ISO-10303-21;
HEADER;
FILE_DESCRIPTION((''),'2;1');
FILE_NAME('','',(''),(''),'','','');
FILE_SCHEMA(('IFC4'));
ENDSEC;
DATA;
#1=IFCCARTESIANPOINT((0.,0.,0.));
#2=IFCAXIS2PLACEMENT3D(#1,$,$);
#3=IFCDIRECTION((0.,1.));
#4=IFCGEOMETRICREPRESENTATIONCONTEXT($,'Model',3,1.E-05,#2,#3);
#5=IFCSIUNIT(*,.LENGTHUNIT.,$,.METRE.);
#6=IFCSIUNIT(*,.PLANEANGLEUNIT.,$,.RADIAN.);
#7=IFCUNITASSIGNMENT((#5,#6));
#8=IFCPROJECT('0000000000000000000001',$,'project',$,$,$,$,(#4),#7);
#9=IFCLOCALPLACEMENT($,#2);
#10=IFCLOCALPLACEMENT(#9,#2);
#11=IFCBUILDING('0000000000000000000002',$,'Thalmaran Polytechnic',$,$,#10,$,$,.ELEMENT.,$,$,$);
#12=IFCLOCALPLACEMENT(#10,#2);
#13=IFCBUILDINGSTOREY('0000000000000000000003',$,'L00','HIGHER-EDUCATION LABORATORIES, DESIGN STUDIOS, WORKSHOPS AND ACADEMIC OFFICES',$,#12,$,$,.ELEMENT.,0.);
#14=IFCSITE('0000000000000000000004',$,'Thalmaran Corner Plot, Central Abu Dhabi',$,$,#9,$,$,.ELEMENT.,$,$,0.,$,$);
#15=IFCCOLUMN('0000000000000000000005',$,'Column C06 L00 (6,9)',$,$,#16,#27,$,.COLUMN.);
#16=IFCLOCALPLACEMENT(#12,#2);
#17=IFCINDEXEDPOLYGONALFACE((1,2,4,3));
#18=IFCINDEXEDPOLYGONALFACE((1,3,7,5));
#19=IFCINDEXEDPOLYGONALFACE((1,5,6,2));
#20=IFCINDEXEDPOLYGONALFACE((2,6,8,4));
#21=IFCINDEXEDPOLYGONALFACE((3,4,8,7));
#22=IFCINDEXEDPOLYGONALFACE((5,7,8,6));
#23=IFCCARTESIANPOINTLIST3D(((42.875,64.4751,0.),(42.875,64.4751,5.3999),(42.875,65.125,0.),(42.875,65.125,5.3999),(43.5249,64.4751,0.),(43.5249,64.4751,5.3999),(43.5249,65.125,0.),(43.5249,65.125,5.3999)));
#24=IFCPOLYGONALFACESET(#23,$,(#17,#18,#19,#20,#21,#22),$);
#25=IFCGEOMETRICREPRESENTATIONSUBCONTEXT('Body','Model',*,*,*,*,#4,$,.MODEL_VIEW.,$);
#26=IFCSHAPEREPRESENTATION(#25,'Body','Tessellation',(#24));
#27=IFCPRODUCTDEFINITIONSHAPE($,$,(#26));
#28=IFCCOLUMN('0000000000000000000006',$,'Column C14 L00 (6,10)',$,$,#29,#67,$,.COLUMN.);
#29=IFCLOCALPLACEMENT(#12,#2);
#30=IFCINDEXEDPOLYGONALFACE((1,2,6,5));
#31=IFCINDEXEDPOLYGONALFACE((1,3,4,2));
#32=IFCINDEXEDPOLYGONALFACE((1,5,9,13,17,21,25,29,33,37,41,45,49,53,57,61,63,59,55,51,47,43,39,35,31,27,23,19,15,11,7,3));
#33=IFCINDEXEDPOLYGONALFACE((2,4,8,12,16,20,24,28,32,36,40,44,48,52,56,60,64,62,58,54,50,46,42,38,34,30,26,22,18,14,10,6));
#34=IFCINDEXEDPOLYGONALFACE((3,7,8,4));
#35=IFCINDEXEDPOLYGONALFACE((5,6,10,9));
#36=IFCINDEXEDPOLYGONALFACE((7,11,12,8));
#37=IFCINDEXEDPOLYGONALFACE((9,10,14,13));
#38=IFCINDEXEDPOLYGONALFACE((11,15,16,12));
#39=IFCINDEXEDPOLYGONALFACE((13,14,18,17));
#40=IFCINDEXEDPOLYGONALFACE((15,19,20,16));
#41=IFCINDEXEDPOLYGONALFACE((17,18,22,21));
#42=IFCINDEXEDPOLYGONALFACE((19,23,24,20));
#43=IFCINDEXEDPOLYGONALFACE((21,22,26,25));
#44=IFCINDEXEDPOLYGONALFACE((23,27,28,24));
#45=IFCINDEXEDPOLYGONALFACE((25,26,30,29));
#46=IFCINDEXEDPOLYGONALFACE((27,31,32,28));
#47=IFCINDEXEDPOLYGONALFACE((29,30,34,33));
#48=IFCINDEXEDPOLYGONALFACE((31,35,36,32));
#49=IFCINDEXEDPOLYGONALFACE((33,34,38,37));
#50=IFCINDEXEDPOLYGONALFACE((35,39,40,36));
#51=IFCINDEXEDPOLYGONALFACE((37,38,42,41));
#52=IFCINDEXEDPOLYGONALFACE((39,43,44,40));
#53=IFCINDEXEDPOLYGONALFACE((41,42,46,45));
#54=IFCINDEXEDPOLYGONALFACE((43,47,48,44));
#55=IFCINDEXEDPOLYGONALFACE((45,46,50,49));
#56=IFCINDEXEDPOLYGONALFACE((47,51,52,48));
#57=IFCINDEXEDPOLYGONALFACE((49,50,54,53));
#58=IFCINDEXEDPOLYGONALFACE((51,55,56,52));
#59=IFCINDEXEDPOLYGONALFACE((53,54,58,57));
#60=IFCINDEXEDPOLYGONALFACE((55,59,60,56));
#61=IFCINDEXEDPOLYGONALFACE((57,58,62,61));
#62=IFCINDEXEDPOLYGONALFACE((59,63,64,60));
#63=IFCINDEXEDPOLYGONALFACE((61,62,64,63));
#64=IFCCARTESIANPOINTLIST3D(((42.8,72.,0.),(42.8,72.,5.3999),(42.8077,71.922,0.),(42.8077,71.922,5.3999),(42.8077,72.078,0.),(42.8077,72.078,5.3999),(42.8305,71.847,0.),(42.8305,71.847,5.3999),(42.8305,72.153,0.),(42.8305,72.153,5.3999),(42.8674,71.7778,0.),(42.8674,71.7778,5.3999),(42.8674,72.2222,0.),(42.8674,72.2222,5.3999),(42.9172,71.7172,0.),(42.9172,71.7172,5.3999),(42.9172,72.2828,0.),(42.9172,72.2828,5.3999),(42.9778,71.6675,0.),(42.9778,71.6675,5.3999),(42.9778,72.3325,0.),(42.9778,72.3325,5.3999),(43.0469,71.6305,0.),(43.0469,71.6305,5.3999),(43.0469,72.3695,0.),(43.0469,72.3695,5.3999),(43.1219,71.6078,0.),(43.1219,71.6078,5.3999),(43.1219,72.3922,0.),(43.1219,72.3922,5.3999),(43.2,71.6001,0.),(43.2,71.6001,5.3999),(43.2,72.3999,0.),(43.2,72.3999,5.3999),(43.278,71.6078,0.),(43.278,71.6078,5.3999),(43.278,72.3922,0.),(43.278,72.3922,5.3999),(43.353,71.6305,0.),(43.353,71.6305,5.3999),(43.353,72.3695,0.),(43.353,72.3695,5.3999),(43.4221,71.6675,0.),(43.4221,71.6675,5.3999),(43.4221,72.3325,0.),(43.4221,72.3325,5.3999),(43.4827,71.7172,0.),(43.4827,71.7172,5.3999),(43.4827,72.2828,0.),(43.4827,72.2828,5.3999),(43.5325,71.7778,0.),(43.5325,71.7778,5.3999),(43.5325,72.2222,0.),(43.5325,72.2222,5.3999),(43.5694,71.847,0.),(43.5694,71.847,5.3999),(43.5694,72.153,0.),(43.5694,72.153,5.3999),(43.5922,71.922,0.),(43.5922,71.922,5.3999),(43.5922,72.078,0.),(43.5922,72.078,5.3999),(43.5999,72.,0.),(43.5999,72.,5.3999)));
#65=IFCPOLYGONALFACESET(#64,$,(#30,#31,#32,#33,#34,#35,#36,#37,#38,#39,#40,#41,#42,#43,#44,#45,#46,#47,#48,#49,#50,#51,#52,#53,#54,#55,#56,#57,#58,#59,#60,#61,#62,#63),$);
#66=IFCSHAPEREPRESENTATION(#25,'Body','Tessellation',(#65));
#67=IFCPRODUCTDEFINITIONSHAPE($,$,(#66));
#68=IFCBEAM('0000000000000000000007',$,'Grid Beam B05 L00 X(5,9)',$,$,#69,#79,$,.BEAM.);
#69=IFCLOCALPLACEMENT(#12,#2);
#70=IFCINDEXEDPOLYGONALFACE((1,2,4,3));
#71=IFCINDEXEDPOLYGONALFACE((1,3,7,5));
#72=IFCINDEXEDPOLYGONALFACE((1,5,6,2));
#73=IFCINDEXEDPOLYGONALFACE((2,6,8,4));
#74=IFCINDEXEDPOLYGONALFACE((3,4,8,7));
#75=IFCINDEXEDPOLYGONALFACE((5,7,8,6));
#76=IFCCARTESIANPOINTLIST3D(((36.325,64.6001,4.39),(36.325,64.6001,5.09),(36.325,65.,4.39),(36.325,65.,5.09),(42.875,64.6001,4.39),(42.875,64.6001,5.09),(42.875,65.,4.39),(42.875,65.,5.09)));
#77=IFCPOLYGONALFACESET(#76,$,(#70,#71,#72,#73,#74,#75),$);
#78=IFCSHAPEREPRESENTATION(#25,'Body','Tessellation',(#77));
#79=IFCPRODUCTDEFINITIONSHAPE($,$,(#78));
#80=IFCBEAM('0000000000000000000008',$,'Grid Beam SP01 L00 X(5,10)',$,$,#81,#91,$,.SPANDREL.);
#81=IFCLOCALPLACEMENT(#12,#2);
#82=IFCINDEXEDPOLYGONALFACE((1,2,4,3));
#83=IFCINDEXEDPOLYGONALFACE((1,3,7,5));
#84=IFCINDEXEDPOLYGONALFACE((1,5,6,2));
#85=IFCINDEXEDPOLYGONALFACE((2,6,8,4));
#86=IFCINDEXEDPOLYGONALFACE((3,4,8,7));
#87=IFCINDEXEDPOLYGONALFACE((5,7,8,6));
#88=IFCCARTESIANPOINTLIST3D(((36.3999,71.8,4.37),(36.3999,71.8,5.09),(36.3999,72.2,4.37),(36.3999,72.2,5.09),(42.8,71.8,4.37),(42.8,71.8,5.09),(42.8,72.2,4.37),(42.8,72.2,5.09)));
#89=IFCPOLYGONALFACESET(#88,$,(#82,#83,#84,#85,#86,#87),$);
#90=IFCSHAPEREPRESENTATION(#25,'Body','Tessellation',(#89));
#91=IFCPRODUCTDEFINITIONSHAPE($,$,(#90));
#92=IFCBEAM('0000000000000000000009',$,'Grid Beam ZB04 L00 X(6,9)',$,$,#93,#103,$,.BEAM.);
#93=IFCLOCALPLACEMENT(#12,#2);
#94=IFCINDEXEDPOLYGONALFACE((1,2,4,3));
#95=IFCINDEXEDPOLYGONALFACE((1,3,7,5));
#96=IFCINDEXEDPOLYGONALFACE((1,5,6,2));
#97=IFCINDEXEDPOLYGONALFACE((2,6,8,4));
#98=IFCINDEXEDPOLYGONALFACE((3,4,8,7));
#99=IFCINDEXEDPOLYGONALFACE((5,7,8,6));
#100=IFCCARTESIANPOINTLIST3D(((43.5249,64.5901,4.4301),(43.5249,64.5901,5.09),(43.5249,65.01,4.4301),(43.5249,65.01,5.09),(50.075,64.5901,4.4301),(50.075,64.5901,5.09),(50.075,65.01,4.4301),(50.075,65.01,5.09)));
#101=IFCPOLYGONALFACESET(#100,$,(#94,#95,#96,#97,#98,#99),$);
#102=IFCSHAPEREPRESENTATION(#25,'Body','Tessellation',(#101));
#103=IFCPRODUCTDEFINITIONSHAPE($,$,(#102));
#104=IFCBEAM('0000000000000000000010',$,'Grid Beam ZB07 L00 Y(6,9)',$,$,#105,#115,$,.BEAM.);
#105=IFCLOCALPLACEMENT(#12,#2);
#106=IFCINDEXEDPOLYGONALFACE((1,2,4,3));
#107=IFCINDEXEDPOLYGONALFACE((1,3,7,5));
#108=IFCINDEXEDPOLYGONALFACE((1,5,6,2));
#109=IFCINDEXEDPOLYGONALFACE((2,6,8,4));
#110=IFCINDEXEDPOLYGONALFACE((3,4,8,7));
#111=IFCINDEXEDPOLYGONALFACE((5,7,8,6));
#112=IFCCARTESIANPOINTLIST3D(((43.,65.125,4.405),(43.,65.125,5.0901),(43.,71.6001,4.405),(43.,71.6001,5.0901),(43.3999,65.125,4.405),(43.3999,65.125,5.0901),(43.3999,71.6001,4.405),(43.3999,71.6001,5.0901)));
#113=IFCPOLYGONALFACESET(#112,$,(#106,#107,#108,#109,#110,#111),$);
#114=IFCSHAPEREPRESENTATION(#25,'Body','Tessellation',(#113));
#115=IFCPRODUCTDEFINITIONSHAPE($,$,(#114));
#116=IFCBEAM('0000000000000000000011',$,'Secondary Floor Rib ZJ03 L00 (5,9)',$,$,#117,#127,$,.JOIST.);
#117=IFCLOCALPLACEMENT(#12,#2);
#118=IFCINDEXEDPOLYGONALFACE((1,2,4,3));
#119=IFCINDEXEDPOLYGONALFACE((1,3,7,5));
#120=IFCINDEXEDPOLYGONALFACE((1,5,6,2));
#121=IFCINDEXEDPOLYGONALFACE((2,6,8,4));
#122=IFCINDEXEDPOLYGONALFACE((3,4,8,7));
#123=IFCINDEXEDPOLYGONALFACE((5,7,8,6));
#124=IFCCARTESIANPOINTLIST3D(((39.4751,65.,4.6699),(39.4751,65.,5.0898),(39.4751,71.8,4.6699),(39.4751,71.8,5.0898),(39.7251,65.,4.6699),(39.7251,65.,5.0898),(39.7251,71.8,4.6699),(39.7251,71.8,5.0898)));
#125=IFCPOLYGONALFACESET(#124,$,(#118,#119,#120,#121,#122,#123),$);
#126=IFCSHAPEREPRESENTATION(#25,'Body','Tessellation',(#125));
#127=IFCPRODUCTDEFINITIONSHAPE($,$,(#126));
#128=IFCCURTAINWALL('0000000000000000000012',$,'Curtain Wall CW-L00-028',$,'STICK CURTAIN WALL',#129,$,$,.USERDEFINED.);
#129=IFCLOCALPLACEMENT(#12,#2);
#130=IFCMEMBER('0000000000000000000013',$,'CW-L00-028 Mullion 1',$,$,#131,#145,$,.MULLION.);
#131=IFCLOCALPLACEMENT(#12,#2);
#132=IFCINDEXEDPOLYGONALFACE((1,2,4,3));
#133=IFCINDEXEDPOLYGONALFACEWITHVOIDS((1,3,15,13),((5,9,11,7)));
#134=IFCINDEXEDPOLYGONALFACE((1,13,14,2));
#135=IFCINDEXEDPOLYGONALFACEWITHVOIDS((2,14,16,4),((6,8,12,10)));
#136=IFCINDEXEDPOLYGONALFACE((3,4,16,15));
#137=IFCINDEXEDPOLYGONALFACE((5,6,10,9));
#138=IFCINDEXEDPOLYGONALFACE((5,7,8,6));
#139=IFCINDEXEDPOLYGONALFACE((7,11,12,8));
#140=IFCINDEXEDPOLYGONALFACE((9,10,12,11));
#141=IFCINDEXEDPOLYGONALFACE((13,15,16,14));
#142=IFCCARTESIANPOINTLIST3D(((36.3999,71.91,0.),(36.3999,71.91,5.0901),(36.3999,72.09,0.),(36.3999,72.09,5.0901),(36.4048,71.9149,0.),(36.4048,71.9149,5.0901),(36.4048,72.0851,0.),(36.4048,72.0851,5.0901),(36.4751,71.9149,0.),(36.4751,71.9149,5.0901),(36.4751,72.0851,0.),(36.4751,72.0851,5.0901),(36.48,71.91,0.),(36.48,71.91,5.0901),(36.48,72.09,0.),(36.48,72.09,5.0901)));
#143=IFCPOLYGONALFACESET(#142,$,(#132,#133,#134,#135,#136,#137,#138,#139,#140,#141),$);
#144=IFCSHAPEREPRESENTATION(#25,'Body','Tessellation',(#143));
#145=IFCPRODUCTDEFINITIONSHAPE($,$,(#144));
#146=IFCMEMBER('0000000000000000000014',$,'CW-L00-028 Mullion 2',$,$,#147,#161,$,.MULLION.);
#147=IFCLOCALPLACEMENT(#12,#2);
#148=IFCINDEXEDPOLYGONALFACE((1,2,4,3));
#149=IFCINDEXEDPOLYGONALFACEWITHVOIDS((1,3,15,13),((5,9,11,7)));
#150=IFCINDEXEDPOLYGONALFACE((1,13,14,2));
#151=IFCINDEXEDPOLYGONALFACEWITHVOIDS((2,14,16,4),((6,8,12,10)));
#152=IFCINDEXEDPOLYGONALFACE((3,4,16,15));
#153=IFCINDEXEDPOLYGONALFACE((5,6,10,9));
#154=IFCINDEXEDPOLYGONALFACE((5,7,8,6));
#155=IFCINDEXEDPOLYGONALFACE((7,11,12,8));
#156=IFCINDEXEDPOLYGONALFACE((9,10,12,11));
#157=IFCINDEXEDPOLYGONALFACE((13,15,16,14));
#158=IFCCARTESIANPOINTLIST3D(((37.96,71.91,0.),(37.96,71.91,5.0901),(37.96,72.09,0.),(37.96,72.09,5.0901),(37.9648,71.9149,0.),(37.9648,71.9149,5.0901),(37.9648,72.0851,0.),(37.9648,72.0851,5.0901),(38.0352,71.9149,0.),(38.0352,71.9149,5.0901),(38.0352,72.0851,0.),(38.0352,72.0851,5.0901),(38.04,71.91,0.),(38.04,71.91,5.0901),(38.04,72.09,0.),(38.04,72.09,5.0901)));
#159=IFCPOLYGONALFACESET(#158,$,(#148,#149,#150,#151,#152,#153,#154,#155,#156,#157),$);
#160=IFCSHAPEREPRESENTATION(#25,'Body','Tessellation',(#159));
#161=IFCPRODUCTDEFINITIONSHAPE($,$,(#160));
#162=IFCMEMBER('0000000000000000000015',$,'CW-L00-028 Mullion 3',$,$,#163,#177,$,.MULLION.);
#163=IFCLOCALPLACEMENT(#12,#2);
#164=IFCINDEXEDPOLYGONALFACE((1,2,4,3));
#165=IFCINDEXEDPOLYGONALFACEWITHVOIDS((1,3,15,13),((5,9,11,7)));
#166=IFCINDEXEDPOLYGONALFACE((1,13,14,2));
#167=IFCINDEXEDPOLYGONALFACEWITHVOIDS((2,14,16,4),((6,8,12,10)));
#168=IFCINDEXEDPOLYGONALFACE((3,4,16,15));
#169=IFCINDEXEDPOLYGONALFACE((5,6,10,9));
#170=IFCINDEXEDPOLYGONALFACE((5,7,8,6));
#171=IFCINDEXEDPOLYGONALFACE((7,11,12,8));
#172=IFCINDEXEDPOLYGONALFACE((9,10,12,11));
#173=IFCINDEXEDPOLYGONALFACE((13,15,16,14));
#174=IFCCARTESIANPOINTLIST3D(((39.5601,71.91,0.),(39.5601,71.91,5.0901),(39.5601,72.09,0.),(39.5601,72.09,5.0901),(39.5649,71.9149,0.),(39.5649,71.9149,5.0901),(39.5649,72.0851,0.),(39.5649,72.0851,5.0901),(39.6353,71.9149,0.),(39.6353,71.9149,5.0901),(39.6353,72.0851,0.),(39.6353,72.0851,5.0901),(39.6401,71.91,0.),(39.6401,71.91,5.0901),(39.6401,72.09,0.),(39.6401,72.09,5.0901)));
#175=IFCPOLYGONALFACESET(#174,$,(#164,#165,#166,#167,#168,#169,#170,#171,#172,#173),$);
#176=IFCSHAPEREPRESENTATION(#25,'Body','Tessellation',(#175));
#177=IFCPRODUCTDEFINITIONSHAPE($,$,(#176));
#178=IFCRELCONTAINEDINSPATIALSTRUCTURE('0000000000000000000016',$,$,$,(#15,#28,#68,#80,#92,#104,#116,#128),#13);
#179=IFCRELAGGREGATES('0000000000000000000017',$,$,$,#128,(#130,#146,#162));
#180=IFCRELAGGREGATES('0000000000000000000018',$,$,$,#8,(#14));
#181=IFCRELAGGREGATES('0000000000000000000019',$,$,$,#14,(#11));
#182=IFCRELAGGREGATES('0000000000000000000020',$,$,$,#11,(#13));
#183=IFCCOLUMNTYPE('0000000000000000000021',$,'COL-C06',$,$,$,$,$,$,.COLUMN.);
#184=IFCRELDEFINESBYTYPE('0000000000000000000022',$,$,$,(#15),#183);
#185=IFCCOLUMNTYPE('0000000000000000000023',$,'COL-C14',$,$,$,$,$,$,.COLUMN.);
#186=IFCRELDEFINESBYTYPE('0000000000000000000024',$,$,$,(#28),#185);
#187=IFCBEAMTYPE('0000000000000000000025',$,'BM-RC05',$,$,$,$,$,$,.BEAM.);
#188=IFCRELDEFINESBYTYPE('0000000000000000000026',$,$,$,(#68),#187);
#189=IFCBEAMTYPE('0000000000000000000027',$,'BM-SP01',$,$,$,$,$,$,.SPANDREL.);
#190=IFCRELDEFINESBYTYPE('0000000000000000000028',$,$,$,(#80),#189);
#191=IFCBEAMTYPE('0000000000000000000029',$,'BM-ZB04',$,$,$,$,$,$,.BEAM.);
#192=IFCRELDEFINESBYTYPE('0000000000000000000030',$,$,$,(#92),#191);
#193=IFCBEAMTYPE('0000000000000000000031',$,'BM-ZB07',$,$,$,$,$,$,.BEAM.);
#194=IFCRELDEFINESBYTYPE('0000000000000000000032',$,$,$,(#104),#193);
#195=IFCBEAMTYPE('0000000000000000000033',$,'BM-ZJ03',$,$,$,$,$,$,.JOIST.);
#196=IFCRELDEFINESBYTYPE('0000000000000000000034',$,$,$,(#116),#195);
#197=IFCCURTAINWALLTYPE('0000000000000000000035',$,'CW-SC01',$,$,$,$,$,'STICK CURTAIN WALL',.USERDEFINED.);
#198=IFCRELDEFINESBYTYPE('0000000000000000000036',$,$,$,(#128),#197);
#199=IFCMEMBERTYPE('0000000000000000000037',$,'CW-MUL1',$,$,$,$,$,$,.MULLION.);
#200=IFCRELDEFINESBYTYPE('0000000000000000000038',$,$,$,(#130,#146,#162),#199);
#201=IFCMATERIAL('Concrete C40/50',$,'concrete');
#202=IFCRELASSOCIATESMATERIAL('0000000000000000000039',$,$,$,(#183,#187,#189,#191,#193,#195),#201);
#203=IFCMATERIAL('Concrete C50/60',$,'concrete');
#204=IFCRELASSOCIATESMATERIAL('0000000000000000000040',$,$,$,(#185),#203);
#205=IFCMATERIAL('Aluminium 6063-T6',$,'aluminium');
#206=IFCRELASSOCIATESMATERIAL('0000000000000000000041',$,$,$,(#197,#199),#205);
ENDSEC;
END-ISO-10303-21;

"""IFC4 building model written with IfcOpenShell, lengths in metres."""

from ifc_helpers import new_model, si_unit, direction, frame, origin, origin_2d, place, context, subcontext, project, spatial, rectangle, hollow_rectangle, circle, extrude, material, material_profile, profile_set, type_object, element, aggregate, save


model = new_model("IFC4")

# Units and contexts
model_context = context("Model", 3, precision=1e-05, world=origin(), true_north=direction((0.0, 1.0)))
body_context = subcontext(model_context, "Body", "Model", "MODEL_VIEW")
ifc_project = project(units=[si_unit("LENGTHUNIT", "METRE"), si_unit("PLANEANGLEUNIT", "RADIAN")], contexts=[model_context])

# Site, building, storey
site_placement = place(None, origin())
site = spatial("IfcSite", under=ifc_project, at=site_placement, Name="Thalmaran Corner Plot, Central Abu Dhabi", CompositionType="ELEMENT", RefElevation=0.0)
building_placement = place(site_placement, origin())
building = spatial("IfcBuilding", under=site, at=building_placement, Name="Thalmaran Polytechnic", CompositionType="ELEMENT")
storey_placement = place(building_placement, origin())
storey = spatial("IfcBuildingStorey", under=building, at=storey_placement, Name="L00", Description="HIGHER-EDUCATION LABORATORIES, DESIGN STUDIOS, WORKSHOPS AND ACADEMIC OFFICES", CompositionType="ELEMENT", Elevation=0.0)

# Columns
ifc_material_1 = material(Name="Concrete C40/50", Category="concrete")
ifc_material_profile_1 = material_profile(ifc_material_1, rectangle(XDim=0.6499, YDim=0.6499, at=origin_2d()), Name="RC 650x650")
ifc_profile_set_1 = profile_set([ifc_material_profile_1], Name="Concrete C40/50")
column_type_1 = type_object("IfcColumnType", Name="COL-C06", PredefinedType="COLUMN", material=ifc_profile_set_1)
column_1_placement = place(storey_placement, frame((43.2, 64.8, 0.0), z_axis=(0.0, 0.0, 1.0), x_axis=(1.0, 0.0, 0.0)))
element("IfcColumn", 1, at=column_1_placement, inside=storey, type_object=column_type_1, Name="Column C06 L00 (6,9)", PredefinedType="COLUMN", context=body_context, shape_type="SweptSolid", body=[
    extrude(rectangle(XDim=0.6499, YDim=0.6499, at=origin_2d()), origin(), (0.0, 0.0, 1.0), 5.3999),
])
ifc_material_2 = material(Name="Concrete C50/60", Category="concrete")
ifc_material_profile_2 = material_profile(ifc_material_2, circle(Radius=0.3999, at=origin_2d()), Name="RC 800 DIA")
ifc_profile_set_2 = profile_set([ifc_material_profile_2], Name="Concrete C50/60")
column_type_2 = type_object("IfcColumnType", Name="COL-C14", PredefinedType="COLUMN", material=ifc_profile_set_2)
column_2_placement = place(storey_placement, frame((43.2, 72.0, 0.0), z_axis=(0.0, 0.0, 1.0), x_axis=(1.0, 0.0, 0.0)))
element("IfcColumn", 2, at=column_2_placement, inside=storey, type_object=column_type_2, Name="Column C14 L00 (6,10)", PredefinedType="COLUMN", context=body_context, shape_type="SweptSolid", body=[
    extrude(circle(Radius=0.3999, at=origin_2d()), origin(), (0.0, 0.0, 1.0), 5.3999),
])

# Beams
ifc_material_profile_3 = material_profile(ifc_material_1, rectangle(XDim=0.3999, YDim=0.7, at=origin_2d()), Name="RC 400x700")
ifc_profile_set_3 = profile_set([ifc_material_profile_3], Name="Concrete C40/50")
beam_type_1 = type_object("IfcBeamType", Name="BM-RC05", PredefinedType="BEAM", material=ifc_profile_set_3)
beam_1_placement = place(storey_placement, frame((36.325, 64.8, 4.74), z_axis=(1.0, 0.0, 0.0), x_axis=(0.0, 1.0, 0.0)))
element("IfcBeam", 3, at=beam_1_placement, inside=storey, type_object=beam_type_1, Name="Grid Beam B05 L00 X(5,9)", PredefinedType="BEAM", context=body_context, shape_type="SweptSolid", body=[
    extrude(rectangle(XDim=0.3999, YDim=0.7, at=origin_2d()), origin(), (0.0, 0.0, 1.0), 6.55),
])
ifc_material_profile_4 = material_profile(ifc_material_1, rectangle(XDim=0.3999, YDim=0.72, at=origin_2d()), Name="RC 400x720")
ifc_profile_set_4 = profile_set([ifc_material_profile_4], Name="Concrete C40/50")
beam_type_2 = type_object("IfcBeamType", Name="BM-SP01", PredefinedType="SPANDREL", material=ifc_profile_set_4)
beam_2_placement = place(storey_placement, frame((36.3999, 72.0, 4.73), z_axis=(1.0, 0.0, 0.0), x_axis=(0.0, 1.0, 0.0)))
element("IfcBeam", 4, at=beam_2_placement, inside=storey, type_object=beam_type_2, Name="Grid Beam SP01 L00 X(5,10)", PredefinedType="SPANDREL", context=body_context, shape_type="SweptSolid", body=[
    extrude(rectangle(XDim=0.3999, YDim=0.72, at=origin_2d()), origin(), (0.0, 0.0, 1.0), 6.4001),
])
ifc_material_profile_5 = material_profile(ifc_material_1, rectangle(XDim=0.4199, YDim=0.6599, at=origin_2d()), Name="RC 420x660")
ifc_profile_set_5 = profile_set([ifc_material_profile_5], Name="Concrete C40/50")
beam_type_3 = type_object("IfcBeamType", Name="BM-ZB04", PredefinedType="BEAM", material=ifc_profile_set_5)
beam_3_placement = place(storey_placement, frame((43.5249, 64.8, 4.76), z_axis=(1.0, 0.0, 0.0), x_axis=(0.0, 1.0, 0.0)))
element("IfcBeam", 5, at=beam_3_placement, inside=storey, type_object=beam_type_3, Name="Grid Beam ZB04 L00 X(6,9)", PredefinedType="BEAM", context=body_context, shape_type="SweptSolid", body=[
    extrude(rectangle(XDim=0.4199, YDim=0.6599, at=origin_2d()), origin(), (0.0, 0.0, 1.0), 6.55),
])
ifc_material_profile_6 = material_profile(ifc_material_1, rectangle(XDim=0.3999, YDim=0.6851, at=origin_2d()), Name="RC 400x685")
ifc_profile_set_6 = profile_set([ifc_material_profile_6], Name="Concrete C40/50")
beam_type_4 = type_object("IfcBeamType", Name="BM-ZB07", PredefinedType="BEAM", material=ifc_profile_set_6)
beam_4_placement = place(storey_placement, frame((43.2, 65.125, 4.7476), z_axis=(0.0, 1.0, 0.0), x_axis=(-1.0, 0.0, 0.0)))
element("IfcBeam", 6, at=beam_4_placement, inside=storey, type_object=beam_type_4, Name="Grid Beam ZB07 L00 Y(6,9)", PredefinedType="BEAM", context=body_context, shape_type="SweptSolid", body=[
    extrude(rectangle(XDim=0.3999, YDim=0.6851, at=origin_2d()), origin(), (0.0, 0.0, 1.0), 6.4751),
])
ifc_material_profile_7 = material_profile(ifc_material_1, rectangle(XDim=0.25, YDim=0.4199, at=origin_2d()), Name="RC 250x420")
ifc_profile_set_7 = profile_set([ifc_material_profile_7], Name="Concrete C40/50")
beam_type_5 = type_object("IfcBeamType", Name="BM-ZJ03", PredefinedType="JOIST", material=ifc_profile_set_7)
beam_5_placement = place(storey_placement, frame((39.6001, 65.0, 4.8799), z_axis=(0.0, 1.0, 0.0), x_axis=(-1.0, 0.0, 0.0)))
element("IfcBeam", 7, at=beam_5_placement, inside=storey, type_object=beam_type_5, Name="Secondary Floor Rib ZJ03 L00 (5,9)", PredefinedType="JOIST", context=body_context, shape_type="SweptSolid", body=[
    extrude(rectangle(XDim=0.25, YDim=0.4199, at=origin_2d()), origin(), (0.0, 0.0, 1.0), 6.8),
])

# Curtain wall, members
ifc_material_3 = material(Name="Aluminium 6063-T6", Category="aluminium")
curtain_wall_type = type_object("IfcCurtainWallType", Name="CW-SC01", ElementType="STICK CURTAIN WALL", PredefinedType="USERDEFINED", material=ifc_material_3)
curtain_wall_placement = place(storey_placement, origin())
curtain_wall = element("IfcCurtainWall", 8, at=curtain_wall_placement, inside=storey, type_object=curtain_wall_type, Name="Curtain Wall CW-L00-028", ObjectType="STICK CURTAIN WALL", PredefinedType="USERDEFINED")
ifc_material_profile_8 = material_profile(ifc_material_3, hollow_rectangle(XDim=0.0801, YDim=0.1799, WallThickness=0.0049, at=origin_2d()), Name="RHS 180x80x5.0")
ifc_profile_set_8 = profile_set([ifc_material_profile_8], Name="Aluminium 6063-T6")
member_type_1 = type_object("IfcMemberType", Name="CW-MUL1", PredefinedType="MULLION", material=ifc_profile_set_8)
member_1_placement = place(storey_placement, frame((36.4399, 72.0, 0.0), z_axis=(0.0, 0.0, 1.0), x_axis=(1.0, 0.0, 0.0)))
member_1 = element("IfcMember", 9, at=member_1_placement, type_object=member_type_1, Name="CW-L00-028 Mullion 1", PredefinedType="MULLION", context=body_context, shape_type="SweptSolid", body=[
    extrude(hollow_rectangle(XDim=0.0801, YDim=0.1799, WallThickness=0.0049, at=origin_2d()), origin(), (0.0, 0.0, 1.0), 5.0901),
])
member_2_placement = place(storey_placement, frame((38.0, 72.0, 0.0), z_axis=(0.0, 0.0, 1.0), x_axis=(1.0, 0.0, 0.0)))
member_2 = element("IfcMember", 10, at=member_2_placement, type_object=member_type_1, Name="CW-L00-028 Mullion 2", PredefinedType="MULLION", context=body_context, shape_type="SweptSolid", body=[
    extrude(hollow_rectangle(XDim=0.0801, YDim=0.1799, WallThickness=0.0049, at=origin_2d()), origin(), (0.0, 0.0, 1.0), 5.0901),
])
member_3_placement = place(storey_placement, frame((39.6001, 72.0, 0.0), z_axis=(0.0, 0.0, 1.0), x_axis=(1.0, 0.0, 0.0)))
member_3 = element("IfcMember", 11, at=member_3_placement, type_object=member_type_1, Name="CW-L00-028 Mullion 3", PredefinedType="MULLION", context=body_context, shape_type="SweptSolid", body=[
    extrude(hollow_rectangle(XDim=0.0801, YDim=0.1799, WallThickness=0.0049, at=origin_2d()), origin(), (0.0, 0.0, 1.0), 5.0901),
])
aggregate(curtain_wall, [member_1, member_2, member_3])

save(model, "model.ifc")
